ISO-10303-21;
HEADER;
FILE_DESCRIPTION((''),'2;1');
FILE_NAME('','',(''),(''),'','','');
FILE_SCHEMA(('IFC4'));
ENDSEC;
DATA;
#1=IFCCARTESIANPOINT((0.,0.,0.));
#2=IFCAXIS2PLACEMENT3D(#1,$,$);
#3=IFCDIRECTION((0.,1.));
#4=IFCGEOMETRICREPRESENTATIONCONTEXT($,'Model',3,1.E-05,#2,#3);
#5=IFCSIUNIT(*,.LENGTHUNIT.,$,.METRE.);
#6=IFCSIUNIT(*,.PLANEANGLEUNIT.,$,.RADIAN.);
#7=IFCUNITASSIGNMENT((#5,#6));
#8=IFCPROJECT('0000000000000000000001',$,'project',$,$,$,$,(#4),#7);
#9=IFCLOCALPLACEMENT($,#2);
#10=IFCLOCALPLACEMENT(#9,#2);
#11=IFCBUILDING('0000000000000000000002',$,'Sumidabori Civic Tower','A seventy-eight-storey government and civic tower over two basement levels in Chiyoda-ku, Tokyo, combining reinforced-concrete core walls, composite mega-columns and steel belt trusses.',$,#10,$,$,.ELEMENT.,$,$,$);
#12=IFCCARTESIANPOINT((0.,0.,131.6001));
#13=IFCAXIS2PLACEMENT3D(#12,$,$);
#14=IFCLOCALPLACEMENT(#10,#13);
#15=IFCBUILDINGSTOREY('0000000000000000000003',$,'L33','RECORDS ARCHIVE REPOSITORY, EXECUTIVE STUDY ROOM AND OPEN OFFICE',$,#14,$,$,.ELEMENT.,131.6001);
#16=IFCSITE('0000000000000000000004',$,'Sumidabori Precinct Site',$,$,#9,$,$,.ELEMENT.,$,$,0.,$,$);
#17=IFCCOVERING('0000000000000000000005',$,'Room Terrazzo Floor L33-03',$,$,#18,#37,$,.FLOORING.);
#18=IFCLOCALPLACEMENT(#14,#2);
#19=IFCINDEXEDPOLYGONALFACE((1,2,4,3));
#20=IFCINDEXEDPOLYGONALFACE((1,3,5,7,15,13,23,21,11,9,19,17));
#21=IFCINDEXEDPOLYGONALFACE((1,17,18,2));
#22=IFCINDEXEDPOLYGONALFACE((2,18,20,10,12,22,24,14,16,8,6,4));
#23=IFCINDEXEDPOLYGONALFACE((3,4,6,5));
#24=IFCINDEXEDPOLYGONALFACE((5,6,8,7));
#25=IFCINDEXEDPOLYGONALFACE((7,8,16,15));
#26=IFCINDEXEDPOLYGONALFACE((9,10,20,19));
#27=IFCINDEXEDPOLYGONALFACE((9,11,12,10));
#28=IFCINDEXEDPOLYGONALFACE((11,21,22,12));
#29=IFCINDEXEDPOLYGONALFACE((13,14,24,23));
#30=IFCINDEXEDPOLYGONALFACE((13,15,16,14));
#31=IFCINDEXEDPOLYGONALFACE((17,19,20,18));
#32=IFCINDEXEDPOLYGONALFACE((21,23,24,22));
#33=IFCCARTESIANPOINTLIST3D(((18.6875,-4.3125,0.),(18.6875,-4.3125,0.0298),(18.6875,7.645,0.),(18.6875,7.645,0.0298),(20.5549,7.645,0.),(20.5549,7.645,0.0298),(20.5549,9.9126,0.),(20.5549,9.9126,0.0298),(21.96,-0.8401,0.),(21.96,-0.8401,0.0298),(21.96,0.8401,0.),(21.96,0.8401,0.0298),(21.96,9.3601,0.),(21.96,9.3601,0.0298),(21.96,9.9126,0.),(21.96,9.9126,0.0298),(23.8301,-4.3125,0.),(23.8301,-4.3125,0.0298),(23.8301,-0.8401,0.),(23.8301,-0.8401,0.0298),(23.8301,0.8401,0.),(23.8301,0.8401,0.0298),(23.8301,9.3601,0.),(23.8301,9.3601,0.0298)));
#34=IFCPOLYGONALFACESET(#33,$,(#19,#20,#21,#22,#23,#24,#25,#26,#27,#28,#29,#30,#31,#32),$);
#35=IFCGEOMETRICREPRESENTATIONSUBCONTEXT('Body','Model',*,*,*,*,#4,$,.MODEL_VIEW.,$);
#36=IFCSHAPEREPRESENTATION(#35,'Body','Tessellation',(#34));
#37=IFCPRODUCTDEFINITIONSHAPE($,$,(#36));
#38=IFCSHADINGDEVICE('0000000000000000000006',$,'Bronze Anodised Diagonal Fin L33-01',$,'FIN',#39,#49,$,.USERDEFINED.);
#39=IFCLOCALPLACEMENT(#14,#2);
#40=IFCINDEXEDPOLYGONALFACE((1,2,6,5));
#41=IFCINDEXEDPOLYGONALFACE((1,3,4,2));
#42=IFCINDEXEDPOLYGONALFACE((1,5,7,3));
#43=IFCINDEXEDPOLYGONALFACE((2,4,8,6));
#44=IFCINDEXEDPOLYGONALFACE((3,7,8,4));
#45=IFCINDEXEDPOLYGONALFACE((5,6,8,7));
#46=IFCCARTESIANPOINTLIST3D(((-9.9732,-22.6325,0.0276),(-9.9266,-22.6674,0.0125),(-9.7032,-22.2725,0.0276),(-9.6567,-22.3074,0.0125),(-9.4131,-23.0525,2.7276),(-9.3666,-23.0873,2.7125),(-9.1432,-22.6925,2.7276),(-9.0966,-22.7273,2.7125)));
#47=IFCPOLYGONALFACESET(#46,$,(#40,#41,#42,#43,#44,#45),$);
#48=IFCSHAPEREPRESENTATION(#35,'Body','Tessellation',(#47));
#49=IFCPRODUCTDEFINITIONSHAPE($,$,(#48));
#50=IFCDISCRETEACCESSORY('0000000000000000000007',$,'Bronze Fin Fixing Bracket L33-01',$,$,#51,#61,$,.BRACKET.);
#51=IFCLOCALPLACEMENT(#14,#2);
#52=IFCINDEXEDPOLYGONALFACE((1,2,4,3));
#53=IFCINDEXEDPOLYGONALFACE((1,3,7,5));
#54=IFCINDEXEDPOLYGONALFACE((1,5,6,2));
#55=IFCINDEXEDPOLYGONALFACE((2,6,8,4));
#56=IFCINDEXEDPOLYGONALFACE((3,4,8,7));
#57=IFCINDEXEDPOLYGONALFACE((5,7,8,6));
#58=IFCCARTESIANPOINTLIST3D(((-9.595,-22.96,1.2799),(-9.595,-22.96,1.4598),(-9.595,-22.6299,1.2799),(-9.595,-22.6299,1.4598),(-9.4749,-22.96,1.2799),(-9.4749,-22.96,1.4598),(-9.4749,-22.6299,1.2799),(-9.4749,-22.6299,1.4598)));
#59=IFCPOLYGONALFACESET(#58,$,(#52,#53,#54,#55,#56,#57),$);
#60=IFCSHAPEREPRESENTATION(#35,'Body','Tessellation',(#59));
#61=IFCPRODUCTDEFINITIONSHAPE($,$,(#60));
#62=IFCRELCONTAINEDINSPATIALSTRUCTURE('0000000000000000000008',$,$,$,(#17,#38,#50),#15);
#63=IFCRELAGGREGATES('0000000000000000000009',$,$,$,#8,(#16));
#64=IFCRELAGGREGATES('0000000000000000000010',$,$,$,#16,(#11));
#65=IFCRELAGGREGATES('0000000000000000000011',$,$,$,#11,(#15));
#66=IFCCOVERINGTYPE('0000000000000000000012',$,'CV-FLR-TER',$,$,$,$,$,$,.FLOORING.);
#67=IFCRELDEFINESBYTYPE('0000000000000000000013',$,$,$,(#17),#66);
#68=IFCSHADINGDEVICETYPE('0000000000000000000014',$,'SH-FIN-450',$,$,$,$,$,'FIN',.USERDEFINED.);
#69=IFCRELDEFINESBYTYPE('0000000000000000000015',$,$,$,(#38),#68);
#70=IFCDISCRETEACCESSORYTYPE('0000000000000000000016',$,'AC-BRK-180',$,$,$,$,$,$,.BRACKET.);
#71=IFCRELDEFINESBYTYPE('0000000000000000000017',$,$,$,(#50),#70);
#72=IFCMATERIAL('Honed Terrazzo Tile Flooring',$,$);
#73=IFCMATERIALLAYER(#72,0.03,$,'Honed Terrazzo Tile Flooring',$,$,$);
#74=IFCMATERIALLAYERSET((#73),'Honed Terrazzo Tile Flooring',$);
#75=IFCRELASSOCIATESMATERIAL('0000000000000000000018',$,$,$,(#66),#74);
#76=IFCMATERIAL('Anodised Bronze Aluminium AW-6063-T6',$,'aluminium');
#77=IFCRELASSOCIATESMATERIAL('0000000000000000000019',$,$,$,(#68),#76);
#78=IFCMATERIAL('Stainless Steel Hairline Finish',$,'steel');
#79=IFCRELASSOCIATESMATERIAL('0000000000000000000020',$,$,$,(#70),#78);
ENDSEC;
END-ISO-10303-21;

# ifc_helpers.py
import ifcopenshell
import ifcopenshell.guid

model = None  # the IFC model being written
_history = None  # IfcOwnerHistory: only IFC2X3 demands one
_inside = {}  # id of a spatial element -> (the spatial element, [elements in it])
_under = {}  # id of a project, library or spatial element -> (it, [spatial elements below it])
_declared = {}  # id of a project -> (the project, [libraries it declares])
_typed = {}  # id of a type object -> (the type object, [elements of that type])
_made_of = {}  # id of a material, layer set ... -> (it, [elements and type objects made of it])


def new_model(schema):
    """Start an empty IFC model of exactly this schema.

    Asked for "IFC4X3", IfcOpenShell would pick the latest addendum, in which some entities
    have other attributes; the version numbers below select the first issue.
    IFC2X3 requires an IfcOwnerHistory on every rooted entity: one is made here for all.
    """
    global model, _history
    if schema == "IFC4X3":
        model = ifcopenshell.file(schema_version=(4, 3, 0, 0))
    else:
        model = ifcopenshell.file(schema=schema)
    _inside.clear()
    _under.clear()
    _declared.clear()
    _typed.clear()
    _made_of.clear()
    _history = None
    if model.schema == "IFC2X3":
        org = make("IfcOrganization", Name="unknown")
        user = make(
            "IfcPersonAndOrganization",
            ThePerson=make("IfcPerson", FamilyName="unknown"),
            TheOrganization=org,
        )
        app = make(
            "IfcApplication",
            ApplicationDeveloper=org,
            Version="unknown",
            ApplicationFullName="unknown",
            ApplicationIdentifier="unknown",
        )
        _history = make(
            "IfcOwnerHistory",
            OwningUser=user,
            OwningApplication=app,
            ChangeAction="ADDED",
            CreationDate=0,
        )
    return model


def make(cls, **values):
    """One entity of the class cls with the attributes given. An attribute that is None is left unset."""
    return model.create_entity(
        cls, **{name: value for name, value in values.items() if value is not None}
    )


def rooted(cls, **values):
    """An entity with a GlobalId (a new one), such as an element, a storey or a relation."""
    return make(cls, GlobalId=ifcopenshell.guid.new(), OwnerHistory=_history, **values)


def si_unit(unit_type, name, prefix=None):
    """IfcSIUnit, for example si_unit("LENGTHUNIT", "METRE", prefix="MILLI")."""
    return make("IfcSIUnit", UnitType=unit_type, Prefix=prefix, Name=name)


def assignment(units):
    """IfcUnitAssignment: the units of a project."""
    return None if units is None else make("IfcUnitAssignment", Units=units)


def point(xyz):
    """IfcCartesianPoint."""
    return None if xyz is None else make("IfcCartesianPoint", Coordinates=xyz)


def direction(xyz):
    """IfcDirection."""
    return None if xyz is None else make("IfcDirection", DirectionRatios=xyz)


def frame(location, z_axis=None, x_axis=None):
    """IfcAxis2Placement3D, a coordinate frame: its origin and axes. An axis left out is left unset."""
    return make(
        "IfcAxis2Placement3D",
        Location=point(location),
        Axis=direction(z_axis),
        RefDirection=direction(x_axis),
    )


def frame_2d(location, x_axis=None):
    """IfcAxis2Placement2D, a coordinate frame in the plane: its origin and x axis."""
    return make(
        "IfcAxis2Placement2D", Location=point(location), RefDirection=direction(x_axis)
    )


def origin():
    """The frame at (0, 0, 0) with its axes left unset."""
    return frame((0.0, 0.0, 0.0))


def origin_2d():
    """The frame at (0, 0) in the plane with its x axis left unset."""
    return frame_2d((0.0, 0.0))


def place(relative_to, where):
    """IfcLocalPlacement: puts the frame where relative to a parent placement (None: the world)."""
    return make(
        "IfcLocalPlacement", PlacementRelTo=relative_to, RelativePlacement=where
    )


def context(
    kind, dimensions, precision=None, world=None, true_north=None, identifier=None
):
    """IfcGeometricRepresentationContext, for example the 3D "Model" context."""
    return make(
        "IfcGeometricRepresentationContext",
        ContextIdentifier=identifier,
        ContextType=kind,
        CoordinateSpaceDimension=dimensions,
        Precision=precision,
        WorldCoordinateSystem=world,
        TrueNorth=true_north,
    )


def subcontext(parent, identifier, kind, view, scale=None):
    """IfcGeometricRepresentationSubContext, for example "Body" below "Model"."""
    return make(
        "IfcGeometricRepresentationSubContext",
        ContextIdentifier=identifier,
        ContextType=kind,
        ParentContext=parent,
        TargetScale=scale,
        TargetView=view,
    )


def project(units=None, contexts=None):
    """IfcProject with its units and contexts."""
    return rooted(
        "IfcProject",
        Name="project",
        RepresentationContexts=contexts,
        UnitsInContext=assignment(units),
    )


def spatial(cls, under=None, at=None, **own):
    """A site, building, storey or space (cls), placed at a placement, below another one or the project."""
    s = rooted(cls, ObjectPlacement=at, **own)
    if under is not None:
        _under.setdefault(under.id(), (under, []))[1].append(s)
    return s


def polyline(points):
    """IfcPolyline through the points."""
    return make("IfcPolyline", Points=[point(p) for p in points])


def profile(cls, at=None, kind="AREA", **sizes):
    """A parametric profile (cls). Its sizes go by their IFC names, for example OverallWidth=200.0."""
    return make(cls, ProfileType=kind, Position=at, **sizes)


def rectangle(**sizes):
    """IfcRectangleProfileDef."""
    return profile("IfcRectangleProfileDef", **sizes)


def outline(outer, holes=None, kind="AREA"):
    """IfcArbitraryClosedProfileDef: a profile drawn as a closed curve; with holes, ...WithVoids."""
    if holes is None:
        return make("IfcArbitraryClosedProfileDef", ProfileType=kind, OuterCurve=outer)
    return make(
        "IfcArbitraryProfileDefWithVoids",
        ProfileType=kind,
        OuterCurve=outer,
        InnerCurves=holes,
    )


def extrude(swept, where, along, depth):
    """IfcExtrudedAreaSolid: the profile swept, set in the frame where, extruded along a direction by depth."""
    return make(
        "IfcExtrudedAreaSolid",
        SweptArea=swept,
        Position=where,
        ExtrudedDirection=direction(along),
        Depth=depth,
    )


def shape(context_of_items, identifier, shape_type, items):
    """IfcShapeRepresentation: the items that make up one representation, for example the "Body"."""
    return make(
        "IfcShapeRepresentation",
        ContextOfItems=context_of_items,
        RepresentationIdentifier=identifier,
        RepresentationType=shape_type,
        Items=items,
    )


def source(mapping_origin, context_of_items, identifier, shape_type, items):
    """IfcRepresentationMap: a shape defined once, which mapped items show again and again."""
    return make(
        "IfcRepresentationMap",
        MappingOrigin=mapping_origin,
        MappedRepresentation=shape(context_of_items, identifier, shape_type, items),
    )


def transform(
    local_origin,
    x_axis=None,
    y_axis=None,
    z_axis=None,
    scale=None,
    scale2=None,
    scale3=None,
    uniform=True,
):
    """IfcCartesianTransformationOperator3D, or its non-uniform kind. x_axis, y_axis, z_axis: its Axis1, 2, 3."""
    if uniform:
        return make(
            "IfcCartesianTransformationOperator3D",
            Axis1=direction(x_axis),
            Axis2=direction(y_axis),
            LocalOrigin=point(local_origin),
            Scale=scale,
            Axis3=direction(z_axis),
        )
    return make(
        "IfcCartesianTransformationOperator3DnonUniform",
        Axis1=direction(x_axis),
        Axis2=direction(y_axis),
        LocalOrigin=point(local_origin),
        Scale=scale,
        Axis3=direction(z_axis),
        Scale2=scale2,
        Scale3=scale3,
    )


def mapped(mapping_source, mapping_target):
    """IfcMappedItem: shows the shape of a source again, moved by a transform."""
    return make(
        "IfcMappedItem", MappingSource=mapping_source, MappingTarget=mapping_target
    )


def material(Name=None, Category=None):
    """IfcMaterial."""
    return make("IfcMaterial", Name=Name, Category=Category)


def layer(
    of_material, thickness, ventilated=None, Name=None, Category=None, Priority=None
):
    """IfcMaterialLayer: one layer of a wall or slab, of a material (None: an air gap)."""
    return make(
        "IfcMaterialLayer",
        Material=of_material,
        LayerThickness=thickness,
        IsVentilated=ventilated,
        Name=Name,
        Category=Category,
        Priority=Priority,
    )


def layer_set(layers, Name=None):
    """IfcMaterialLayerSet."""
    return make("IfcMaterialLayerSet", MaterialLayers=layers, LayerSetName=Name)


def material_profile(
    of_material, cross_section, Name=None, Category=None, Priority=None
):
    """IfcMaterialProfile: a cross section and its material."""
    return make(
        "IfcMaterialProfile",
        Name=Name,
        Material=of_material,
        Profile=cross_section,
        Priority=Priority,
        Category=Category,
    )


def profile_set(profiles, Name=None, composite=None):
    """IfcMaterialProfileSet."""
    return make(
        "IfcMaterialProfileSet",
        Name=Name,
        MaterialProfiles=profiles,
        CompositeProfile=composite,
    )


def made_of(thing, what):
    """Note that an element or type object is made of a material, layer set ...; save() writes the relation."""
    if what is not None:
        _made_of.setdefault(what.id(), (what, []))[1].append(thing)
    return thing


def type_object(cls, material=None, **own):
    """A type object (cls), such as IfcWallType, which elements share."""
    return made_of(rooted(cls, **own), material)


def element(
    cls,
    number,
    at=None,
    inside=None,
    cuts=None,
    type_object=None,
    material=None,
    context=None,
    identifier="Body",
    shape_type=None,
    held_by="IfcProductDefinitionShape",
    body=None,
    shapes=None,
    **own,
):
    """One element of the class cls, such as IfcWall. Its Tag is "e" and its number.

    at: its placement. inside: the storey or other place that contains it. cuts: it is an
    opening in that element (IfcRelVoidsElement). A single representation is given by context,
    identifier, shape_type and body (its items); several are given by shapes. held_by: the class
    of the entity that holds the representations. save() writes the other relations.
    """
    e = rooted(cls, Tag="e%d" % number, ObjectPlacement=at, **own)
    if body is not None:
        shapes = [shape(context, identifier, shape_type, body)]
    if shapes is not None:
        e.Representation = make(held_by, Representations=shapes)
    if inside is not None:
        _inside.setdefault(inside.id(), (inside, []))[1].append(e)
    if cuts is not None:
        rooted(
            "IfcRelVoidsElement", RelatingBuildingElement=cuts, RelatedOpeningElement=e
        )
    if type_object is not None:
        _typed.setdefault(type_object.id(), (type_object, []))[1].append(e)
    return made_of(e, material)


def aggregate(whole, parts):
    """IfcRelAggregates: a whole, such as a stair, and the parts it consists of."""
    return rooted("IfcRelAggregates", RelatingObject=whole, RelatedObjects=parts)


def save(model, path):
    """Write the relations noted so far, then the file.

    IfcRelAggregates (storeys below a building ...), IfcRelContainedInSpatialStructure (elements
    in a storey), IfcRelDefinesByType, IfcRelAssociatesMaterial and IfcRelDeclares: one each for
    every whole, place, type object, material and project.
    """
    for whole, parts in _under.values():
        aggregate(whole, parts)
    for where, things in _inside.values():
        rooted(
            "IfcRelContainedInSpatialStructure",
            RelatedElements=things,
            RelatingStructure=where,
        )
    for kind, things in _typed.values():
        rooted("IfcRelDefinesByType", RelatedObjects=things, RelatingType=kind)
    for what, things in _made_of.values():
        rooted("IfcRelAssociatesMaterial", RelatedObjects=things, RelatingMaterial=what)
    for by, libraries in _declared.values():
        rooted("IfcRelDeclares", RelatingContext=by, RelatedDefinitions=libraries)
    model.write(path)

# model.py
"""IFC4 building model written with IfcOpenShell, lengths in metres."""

from ifc_helpers import new_model, si_unit, direction, frame, origin, origin_2d, place, context, subcontext, project, spatial, polyline, rectangle, outline, extrude, source, transform, mapped, material, layer, layer_set, material_profile, profile_set, type_object, element, save


model = new_model("IFC4")

# Units and contexts
model_context = context("Model", 3, precision=1e-05, world=origin(), true_north=direction((0.0, 1.0)))
body_context = subcontext(model_context, "Body", "Model", "MODEL_VIEW")
ifc_project = project(units=[si_unit("LENGTHUNIT", "METRE"), si_unit("PLANEANGLEUNIT", "RADIAN")], contexts=[model_context])

# Site, building, storey
site_placement = place(None, origin())
site = spatial("IfcSite", under=ifc_project, at=site_placement, Name="Sumidabori Precinct Site", CompositionType="ELEMENT", RefElevation=0.0)
building_placement = place(site_placement, origin())
building = spatial("IfcBuilding", under=site, at=building_placement, Name="Sumidabori Civic Tower", Description="A seventy-eight-storey government and civic tower over two basement levels in Chiyoda-ku, Tokyo, combining reinforced-concrete core walls, composite mega-columns and steel belt trusses.", CompositionType="ELEMENT")
storey_placement = place(building_placement, frame((0.0, 0.0, 131.6001)))
storey = spatial("IfcBuildingStorey", under=building, at=storey_placement, Name="L33", Description="RECORDS ARCHIVE REPOSITORY, EXECUTIVE STUDY ROOM AND OPEN OFFICE", CompositionType="ELEMENT", Elevation=131.6001)

# Shared definitions
ifc_material_1 = material(Name="Anodised Bronze Aluminium AW-6063-T6", Category="aluminium")

# Covering
ifc_material_2 = material(Name="Honed Terrazzo Tile Flooring")
ifc_layer_1 = layer(ifc_material_2, 0.03, Name="Honed Terrazzo Tile Flooring")
ifc_layer_set_1 = layer_set([ifc_layer_1], Name="Honed Terrazzo Tile Flooring")
covering_type_1 = type_object("IfcCoveringType", Name="CV-FLR-TER", PredefinedType="FLOORING", material=ifc_layer_set_1)
covering_1_placement = place(storey_placement, origin())
element("IfcCovering", 1, at=covering_1_placement, inside=storey, type_object=covering_type_1, Name="Room Terrazzo Floor L33-03", PredefinedType="FLOORING", context=body_context, shape_type="SweptSolid", body=[
    extrude(outline(polyline([(23.8301, 0.8401), (21.96, 0.8401), (21.96, -0.8401), (23.8301, -0.8401), (23.8301, -4.3125), (18.6875, -4.3125), (18.6875, 7.645), (20.5549, 7.645), (20.5549, 9.9126), (21.96, 9.9126), (21.96, 9.3601), (23.8301, 9.3601), (23.8301, 0.8401)])), origin(), (0.0, 0.0, 1.0), 0.0298),
])

# Shading device
ifc_material_profile_1 = material_profile(ifc_material_1, rectangle(XDim=0.0601, YDim=0.45, at=origin_2d()), Name="BRONZE FIN 450x60")
ifc_profile_set_1 = profile_set([ifc_material_profile_1], Name="Anodised Bronze Aluminium AW-6063-T6")
shading_device_type = type_object("IfcShadingDeviceType", Name="SH-FIN-450", ElementType="FIN", PredefinedType="USERDEFINED", material=ifc_profile_set_1)
shared_shape_1 = source(origin(), body_context, "Body", "SweptSolid", [
    extrude(rectangle(XDim=0.0601, YDim=0.45, at=origin_2d()), origin(), (0.0, 0.0, 1.0), 2.7893),
])
shading_device_placement = place(storey_placement, frame((-9.8149, -22.47, 0.02), z_axis=(0.200794, -0.150552, 0.967996), x_axis=(0.774478, -0.580689, -0.250966)))
element("IfcShadingDevice", 2, at=shading_device_placement, inside=storey, type_object=shading_device_type, Name="Bronze Anodised Diagonal Fin L33-01", ObjectType="FIN", PredefinedType="USERDEFINED", context=body_context, shape_type="MappedRepresentation", body=[
    mapped(shared_shape_1, transform((0.0, 0.0, 0.0), x_axis=(1.0, 0.0, 0.0), y_axis=(0.0, 1.0, 0.0), z_axis=(0.0, 0.0, 1.0), scale=1.0)),
])

# Discrete accessory
ifc_material_3 = material(Name="Stainless Steel Hairline Finish", Category="steel")
ifc_material_profile_2 = material_profile(ifc_material_3, rectangle(XDim=0.1201, YDim=0.1799, at=origin_2d()), Name="STEEL BRACKET 180x120")
ifc_profile_set_2 = profile_set([ifc_material_profile_2], Name="Stainless Steel Hairline Finish")
discrete_accessory_type = type_object("IfcDiscreteAccessoryType", Name="AC-BRK-180", PredefinedType="BRACKET", material=ifc_profile_set_2)
shared_shape_2 = source(origin(), body_context, "Body", "SweptSolid", [
    extrude(rectangle(XDim=0.1201, YDim=0.1799, at=origin_2d()), origin(), (0.0, 0.0, 1.0), 0.3301),
])
discrete_accessory_placement = place(storey_placement, frame((-9.5349, -22.6299, 1.3699), z_axis=(0.0, -1.0, 0.0), x_axis=(1.0, 0.0, 0.0)))
element("IfcDiscreteAccessory", 3, at=discrete_accessory_placement, inside=storey, type_object=discrete_accessory_type, Name="Bronze Fin Fixing Bracket L33-01", PredefinedType="BRACKET", context=body_context, shape_type="MappedRepresentation", body=[
    mapped(shared_shape_2, transform((0.0, 0.0, 0.0), x_axis=(1.0, 0.0, 0.0), y_axis=(0.0, 1.0, 0.0), z_axis=(0.0, 0.0, 1.0), scale=1.0)),
])

save(model, "model.ifc")
